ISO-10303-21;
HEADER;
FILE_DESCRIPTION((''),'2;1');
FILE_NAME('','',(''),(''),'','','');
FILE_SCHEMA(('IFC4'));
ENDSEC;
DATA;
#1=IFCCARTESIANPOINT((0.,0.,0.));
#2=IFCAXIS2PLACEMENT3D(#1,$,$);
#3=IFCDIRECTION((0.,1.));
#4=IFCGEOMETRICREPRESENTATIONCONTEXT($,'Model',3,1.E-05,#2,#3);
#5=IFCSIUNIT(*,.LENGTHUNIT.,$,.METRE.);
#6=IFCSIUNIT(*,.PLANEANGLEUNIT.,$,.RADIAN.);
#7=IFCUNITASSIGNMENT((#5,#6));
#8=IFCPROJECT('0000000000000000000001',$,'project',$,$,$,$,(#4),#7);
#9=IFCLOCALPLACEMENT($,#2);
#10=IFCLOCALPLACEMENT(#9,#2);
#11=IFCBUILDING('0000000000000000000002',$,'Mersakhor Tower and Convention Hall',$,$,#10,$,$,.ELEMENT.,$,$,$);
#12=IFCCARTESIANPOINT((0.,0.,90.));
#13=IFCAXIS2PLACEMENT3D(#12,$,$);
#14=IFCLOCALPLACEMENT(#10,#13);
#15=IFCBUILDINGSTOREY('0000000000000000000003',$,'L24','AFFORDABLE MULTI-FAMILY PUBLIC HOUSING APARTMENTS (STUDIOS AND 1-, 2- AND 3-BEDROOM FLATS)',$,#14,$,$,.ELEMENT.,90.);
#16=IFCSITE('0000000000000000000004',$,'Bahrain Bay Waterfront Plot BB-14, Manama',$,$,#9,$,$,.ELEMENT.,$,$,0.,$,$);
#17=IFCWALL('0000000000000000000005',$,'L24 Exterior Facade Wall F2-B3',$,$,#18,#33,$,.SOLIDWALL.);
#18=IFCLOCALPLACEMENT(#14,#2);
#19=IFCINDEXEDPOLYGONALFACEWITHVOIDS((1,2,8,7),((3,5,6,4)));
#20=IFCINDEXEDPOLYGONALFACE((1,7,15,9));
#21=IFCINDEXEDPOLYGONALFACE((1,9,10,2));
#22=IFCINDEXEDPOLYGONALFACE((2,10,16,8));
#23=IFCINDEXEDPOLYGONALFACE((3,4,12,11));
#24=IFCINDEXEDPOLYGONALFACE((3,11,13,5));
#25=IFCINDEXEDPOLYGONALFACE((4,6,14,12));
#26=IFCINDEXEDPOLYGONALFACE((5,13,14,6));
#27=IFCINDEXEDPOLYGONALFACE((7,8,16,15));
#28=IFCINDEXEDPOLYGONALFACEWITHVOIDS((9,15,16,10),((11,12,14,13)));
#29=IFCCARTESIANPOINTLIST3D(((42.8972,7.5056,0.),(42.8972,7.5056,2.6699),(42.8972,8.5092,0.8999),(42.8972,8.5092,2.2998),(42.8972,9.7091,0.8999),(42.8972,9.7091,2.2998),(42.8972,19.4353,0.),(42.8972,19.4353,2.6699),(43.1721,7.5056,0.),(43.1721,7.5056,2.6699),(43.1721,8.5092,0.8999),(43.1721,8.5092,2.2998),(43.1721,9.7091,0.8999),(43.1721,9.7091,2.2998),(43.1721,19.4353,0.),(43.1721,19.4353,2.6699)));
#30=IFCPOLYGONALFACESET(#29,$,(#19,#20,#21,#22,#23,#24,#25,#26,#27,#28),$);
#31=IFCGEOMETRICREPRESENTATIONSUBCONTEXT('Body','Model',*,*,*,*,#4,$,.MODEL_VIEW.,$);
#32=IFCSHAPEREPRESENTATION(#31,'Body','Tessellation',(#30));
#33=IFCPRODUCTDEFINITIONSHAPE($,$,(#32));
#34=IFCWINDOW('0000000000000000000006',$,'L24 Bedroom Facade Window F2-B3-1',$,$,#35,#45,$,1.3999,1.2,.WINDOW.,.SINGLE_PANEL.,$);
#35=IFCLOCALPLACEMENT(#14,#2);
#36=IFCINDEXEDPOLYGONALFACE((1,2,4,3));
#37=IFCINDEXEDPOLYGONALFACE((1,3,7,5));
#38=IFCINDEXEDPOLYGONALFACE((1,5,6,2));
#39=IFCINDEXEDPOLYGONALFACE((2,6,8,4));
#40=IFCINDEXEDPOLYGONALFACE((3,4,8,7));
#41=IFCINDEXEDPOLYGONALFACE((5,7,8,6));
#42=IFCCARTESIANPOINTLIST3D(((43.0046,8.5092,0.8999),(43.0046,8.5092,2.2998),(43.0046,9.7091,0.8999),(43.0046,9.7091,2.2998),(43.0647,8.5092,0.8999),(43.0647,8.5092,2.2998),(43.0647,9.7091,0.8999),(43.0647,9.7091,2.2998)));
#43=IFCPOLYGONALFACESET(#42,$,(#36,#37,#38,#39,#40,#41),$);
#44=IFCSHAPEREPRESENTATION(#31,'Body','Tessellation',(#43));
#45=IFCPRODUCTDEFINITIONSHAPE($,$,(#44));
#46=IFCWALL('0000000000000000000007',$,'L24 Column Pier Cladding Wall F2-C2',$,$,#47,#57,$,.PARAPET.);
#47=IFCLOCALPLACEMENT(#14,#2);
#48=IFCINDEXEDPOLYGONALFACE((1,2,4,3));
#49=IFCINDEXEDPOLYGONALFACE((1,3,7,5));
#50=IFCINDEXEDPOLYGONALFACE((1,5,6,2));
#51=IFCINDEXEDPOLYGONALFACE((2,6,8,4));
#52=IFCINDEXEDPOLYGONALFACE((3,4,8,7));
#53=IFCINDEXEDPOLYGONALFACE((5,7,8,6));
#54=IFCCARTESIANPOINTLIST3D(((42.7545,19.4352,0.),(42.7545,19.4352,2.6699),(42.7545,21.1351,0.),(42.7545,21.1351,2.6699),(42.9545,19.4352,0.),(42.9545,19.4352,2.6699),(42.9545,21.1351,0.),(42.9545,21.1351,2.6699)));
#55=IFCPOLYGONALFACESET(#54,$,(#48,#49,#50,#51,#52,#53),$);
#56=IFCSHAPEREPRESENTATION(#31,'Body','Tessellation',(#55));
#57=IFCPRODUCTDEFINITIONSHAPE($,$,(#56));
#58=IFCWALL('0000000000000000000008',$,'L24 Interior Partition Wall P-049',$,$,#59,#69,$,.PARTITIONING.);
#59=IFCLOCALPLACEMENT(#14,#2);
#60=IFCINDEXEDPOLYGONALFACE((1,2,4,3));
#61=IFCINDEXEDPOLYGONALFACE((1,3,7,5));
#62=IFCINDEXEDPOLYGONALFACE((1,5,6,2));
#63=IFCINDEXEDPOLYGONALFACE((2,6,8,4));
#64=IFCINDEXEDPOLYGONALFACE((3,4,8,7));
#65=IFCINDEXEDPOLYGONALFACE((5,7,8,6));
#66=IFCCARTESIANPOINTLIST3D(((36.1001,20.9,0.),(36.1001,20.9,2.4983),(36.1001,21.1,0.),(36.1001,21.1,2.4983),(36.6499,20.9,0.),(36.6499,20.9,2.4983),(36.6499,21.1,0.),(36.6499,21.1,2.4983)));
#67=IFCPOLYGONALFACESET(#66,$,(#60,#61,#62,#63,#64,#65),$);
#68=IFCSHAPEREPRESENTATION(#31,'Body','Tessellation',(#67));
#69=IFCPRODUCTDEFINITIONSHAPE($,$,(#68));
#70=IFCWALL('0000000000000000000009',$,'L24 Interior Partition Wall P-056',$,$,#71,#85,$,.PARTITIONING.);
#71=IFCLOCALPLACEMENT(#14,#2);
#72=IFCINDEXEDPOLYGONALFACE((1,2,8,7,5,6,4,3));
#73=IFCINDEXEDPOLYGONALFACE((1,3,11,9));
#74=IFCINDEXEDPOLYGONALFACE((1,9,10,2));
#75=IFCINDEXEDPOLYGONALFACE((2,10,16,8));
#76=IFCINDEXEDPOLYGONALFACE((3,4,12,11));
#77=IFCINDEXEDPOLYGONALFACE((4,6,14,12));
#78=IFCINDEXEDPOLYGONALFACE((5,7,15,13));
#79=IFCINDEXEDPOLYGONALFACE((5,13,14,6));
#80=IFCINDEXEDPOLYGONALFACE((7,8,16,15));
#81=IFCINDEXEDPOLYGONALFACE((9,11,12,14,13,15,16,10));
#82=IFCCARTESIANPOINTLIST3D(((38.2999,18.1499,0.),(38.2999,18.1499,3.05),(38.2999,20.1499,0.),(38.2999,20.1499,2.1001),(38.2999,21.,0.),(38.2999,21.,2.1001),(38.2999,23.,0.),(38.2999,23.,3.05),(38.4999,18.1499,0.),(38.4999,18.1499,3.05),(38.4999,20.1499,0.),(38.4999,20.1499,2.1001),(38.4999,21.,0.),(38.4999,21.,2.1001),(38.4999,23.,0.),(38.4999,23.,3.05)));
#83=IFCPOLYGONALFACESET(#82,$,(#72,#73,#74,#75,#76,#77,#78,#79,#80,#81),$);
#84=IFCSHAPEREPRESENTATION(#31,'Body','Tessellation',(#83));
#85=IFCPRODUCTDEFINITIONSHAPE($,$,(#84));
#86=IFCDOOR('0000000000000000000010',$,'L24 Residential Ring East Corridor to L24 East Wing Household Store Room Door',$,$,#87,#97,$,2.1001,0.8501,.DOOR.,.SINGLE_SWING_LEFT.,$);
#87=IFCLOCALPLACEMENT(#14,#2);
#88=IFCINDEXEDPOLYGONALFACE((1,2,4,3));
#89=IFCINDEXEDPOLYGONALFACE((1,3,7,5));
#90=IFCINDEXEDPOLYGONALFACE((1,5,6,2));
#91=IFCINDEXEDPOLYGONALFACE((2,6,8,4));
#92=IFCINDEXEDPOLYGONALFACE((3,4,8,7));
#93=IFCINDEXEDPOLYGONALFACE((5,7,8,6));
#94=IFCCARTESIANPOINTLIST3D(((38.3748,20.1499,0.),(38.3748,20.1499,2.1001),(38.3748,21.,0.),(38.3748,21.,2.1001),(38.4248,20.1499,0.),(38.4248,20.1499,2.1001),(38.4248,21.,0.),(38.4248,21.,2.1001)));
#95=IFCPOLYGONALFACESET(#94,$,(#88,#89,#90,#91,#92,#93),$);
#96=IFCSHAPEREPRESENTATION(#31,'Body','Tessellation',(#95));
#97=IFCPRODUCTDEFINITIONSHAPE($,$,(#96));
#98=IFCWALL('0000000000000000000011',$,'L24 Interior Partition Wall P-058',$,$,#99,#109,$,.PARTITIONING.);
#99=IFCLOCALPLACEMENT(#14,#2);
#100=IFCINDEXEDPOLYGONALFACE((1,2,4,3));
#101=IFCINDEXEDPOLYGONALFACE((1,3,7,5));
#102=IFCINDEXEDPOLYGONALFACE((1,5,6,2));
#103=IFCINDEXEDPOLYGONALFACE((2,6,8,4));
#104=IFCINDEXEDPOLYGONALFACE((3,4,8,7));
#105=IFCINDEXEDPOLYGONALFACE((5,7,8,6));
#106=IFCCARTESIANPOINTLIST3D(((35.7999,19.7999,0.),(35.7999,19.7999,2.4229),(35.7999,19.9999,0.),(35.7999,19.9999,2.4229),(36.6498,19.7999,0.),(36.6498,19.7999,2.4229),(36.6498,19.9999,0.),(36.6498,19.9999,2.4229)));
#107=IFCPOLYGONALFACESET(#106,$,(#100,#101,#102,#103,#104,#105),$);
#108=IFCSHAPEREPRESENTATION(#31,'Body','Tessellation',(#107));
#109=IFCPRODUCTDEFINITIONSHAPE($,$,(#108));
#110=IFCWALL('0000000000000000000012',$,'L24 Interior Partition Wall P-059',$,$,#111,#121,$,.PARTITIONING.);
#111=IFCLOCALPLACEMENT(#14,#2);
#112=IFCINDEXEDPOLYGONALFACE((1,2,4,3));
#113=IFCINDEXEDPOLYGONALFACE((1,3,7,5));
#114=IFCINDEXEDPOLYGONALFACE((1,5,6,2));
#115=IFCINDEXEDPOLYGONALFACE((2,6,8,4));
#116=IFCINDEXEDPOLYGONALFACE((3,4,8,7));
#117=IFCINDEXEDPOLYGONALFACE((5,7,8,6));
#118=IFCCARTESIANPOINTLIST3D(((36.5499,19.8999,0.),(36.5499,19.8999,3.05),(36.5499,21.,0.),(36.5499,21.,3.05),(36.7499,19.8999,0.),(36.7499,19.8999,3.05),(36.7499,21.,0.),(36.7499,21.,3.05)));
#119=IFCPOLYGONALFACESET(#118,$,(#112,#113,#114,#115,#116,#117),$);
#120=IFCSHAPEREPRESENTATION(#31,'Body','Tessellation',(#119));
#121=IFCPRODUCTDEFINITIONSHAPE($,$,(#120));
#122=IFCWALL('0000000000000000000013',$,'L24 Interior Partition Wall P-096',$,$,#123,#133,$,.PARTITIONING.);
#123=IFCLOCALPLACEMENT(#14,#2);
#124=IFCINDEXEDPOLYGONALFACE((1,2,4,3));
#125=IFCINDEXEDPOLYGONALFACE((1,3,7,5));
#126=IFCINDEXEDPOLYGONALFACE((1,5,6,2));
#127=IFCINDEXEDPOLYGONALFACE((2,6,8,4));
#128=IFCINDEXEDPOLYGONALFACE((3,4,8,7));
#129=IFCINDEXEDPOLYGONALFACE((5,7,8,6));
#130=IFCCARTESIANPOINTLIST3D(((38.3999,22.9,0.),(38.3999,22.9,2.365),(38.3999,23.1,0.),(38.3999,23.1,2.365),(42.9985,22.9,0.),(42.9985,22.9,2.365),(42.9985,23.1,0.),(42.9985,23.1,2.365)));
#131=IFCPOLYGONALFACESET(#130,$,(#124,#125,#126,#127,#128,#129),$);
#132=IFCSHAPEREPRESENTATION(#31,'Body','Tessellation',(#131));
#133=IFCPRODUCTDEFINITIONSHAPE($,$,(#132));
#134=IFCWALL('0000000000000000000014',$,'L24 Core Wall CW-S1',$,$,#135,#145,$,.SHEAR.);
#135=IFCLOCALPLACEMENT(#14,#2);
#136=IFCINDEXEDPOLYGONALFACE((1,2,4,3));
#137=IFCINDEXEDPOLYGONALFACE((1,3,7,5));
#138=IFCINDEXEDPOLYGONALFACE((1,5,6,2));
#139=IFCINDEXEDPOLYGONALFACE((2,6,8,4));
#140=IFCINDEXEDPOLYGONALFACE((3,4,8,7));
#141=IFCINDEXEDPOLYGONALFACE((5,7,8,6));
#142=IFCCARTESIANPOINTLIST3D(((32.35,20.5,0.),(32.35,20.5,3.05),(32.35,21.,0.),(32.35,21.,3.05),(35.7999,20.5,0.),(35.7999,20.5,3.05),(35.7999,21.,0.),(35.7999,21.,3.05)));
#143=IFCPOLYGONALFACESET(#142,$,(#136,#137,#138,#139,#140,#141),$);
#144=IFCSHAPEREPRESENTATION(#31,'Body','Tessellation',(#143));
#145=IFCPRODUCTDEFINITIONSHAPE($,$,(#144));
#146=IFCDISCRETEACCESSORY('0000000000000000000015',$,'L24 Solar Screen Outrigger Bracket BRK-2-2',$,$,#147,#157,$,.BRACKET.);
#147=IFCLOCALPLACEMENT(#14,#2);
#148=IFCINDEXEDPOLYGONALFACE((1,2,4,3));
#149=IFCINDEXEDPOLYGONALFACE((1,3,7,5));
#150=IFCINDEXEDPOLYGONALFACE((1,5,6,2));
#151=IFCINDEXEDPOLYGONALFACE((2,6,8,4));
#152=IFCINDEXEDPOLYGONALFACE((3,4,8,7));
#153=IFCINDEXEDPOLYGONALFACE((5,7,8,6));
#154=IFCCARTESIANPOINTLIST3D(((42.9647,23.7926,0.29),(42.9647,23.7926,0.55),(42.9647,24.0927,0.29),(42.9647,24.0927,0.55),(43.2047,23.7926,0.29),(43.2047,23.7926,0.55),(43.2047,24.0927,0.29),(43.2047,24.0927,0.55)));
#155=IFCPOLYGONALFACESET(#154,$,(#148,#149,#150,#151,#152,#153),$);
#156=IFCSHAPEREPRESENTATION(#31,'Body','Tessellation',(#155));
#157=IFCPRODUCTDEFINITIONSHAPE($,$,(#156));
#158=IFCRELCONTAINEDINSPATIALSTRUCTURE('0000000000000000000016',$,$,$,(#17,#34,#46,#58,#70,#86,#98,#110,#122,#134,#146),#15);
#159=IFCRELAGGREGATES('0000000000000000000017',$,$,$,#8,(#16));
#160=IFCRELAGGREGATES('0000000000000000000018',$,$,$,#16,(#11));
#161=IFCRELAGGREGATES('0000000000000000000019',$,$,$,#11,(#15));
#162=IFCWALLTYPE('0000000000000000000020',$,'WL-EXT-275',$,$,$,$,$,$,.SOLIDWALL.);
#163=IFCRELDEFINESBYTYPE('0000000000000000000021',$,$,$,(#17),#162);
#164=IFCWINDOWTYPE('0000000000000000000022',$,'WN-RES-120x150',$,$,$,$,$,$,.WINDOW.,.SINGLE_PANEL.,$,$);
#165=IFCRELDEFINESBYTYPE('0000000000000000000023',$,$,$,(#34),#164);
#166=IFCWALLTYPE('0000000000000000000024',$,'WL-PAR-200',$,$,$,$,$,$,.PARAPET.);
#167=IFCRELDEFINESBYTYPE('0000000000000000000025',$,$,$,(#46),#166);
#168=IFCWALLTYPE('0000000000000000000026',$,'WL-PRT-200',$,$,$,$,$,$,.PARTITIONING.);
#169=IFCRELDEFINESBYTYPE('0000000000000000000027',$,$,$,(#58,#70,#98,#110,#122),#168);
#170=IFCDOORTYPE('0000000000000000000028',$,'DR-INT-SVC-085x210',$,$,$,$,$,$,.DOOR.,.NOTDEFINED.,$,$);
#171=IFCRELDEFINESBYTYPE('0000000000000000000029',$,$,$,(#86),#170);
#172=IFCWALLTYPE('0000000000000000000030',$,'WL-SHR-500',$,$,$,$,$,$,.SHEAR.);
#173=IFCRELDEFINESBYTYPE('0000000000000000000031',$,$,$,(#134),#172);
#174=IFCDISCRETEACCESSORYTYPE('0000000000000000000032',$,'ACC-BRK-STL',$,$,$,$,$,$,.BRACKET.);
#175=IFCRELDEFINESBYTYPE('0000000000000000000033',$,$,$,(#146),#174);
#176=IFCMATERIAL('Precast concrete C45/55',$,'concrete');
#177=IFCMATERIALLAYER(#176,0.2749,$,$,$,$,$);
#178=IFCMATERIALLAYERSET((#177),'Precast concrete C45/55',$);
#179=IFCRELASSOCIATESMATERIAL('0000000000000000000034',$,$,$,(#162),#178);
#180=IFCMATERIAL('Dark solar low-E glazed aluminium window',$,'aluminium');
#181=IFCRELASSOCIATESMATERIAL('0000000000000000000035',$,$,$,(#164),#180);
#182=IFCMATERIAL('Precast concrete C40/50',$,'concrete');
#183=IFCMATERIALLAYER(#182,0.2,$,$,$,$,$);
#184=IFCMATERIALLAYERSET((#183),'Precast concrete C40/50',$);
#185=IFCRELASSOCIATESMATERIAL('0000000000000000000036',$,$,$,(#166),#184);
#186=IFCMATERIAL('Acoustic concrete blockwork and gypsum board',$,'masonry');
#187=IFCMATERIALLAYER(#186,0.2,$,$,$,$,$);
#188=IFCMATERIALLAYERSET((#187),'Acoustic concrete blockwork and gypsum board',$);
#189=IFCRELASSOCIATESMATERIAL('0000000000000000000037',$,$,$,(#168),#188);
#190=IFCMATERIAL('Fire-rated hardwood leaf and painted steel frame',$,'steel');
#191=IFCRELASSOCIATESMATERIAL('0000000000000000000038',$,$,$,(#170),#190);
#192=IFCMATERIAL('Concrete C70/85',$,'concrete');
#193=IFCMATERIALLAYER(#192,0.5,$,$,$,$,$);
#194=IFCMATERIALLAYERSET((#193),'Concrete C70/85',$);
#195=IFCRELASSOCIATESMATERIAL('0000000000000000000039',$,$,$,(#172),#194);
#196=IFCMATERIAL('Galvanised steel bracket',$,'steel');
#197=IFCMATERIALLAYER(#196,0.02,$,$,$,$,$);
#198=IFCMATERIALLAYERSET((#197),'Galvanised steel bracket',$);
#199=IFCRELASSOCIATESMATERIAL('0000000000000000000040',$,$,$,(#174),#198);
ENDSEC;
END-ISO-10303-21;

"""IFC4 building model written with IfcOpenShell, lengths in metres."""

from ifc_helpers import new_model, si_unit, direction, frame, frame_2d, origin, origin_2d, place, context, subcontext, project, spatial, rectangle, extrude, material, layer, layer_set, type_object, element, fill, save


model = new_model("IFC4")

# Units and contexts
model_context = context("Model", 3, precision=1e-05, world=origin(), true_north=direction((0.0, 1.0)))
body_context = subcontext(model_context, "Body", "Model", "MODEL_VIEW")
ifc_project = project(units=[si_unit("LENGTHUNIT", "METRE"), si_unit("PLANEANGLEUNIT", "RADIAN")], contexts=[model_context])

# Site, building, storey
site_placement = place(None, origin())
site = spatial("IfcSite", under=ifc_project, at=site_placement, Name="Bahrain Bay Waterfront Plot BB-14, Manama", CompositionType="ELEMENT", RefElevation=0.0)
building_placement = place(site_placement, origin())
building = spatial("IfcBuilding", under=site, at=building_placement, Name="Mersakhor Tower and Convention Hall", CompositionType="ELEMENT")
storey_placement = place(building_placement, frame((0.0, 0.0, 90.0)))
storey = spatial("IfcBuildingStorey", under=building, at=storey_placement, Name="L24", Description="AFFORDABLE MULTI-FAMILY PUBLIC HOUSING APARTMENTS (STUDIOS AND 1-, 2- AND 3-BEDROOM FLATS)", CompositionType="ELEMENT", Elevation=90.0)

# Wall, opening, window
ifc_material_1 = material(Name="Precast concrete C45/55", Category="concrete")
ifc_layer_1 = layer(ifc_material_1, 0.2749)
ifc_layer_set_1 = layer_set([ifc_layer_1], Name="Precast concrete C45/55")
wall_type_1 = type_object("IfcWallType", Name="WL-EXT-275", PredefinedType="SOLIDWALL", material=ifc_layer_set_1)
wall_1_placement = place(storey_placement, frame((43.0347, 19.4353, 0.0), z_axis=(0.0, 0.0, 1.0), x_axis=(0.0, -1.0, 0.0)))
wall_1 = element("IfcWall", 1, at=wall_1_placement, inside=storey, type_object=wall_type_1, Name="L24 Exterior Facade Wall F2-B3", PredefinedType="SOLIDWALL", context=body_context, shape_type="SweptSolid", body=[
    extrude(rectangle(XDim=11.9297, YDim=0.2749, at=frame_2d((5.9648, 0.0))), origin(), (0.0, 0.0, 1.0), 2.6699),
])
opening_1_placement = place(wall_1_placement, frame((9.7261, 0.0, 0.8999)))
opening_1 = element("IfcOpeningElement", 2, at=opening_1_placement, cuts=wall_1, PredefinedType="OPENING", context=body_context, shape_type="SweptSolid", body=[
    extrude(rectangle(XDim=1.2, YDim=1.3999, at=frame_2d((0.6001, 0.7))), frame((0.0, 0.1475, 0.0), z_axis=(0.0, -1.0, 0.0), x_axis=(1.0, 0.0, 0.0)), (0.0, 0.0, 1.0), 0.2949),
])
ifc_material_2 = material(Name="Dark solar low-E glazed aluminium window", Category="aluminium")
window_type = type_object("IfcWindowType", Name="WN-RES-120x150", PartitioningType="SINGLE_PANEL", PredefinedType="WINDOW", material=ifc_material_2)
window_placement = place(opening_1_placement, origin())
window = element("IfcWindow", 3, at=window_placement, inside=storey, type_object=window_type, Name="L24 Bedroom Facade Window F2-B3-1", OverallHeight=1.3999, OverallWidth=1.2, PartitioningType="SINGLE_PANEL", PredefinedType="WINDOW", context=body_context, shape_type="SweptSolid", body=[
    extrude(rectangle(XDim=1.2, YDim=1.3999, at=frame_2d((0.6001, 0.7))), frame((0.0, 0.03, 0.0), z_axis=(0.0, -1.0, 0.0), x_axis=(1.0, 0.0, 0.0)), (0.0, 0.0, 1.0), 0.0601),
])
fill(opening_1, window)

# Wall
ifc_material_3 = material(Name="Precast concrete C40/50", Category="concrete")
ifc_layer_2 = layer(ifc_material_3, 0.2)
ifc_layer_set_2 = layer_set([ifc_layer_2], Name="Precast concrete C40/50")
wall_type_2 = type_object("IfcWallType", Name="WL-PAR-200", PredefinedType="PARAPET", material=ifc_layer_set_2)
wall_2_placement = place(storey_placement, frame((42.8545, 21.1353, 0.0), z_axis=(0.0, 0.0, 1.0), x_axis=(0.0, -1.0, 0.0)))
element("IfcWall", 4, at=wall_2_placement, inside=storey, type_object=wall_type_2, Name="L24 Column Pier Cladding Wall F2-C2", PredefinedType="PARAPET", context=body_context, shape_type="SweptSolid", body=[
    extrude(rectangle(XDim=1.7, YDim=0.2, at=frame_2d((0.8501, 0.0))), origin(), (0.0, 0.0, 1.0), 2.6699),
])

# Shared definitions
ifc_material_4 = material(Name="Acoustic concrete blockwork and gypsum board", Category="masonry")
ifc_layer_3 = layer(ifc_material_4, 0.2)
ifc_layer_set_3 = layer_set([ifc_layer_3], Name="Acoustic concrete blockwork and gypsum board")
wall_type_3 = type_object("IfcWallType", Name="WL-PRT-200", PredefinedType="PARTITIONING", material=ifc_layer_set_3)

# Wall
wall_3_placement = place(storey_placement, frame((36.6499, 21.0, 0.0), z_axis=(0.0, 0.0, 1.0), x_axis=(-1.0, 0.0, 0.0)))
element("IfcWall", 5, at=wall_3_placement, inside=storey, type_object=wall_type_3, Name="L24 Interior Partition Wall P-049", PredefinedType="PARTITIONING", context=body_context, shape_type="SweptSolid", body=[
    extrude(rectangle(XDim=0.5498, YDim=0.2, at=frame_2d((0.2749, 0.0))), origin(), (0.0, 0.0, 1.0), 2.4983),
])

# Wall, opening, door
wall_4_placement = place(storey_placement, frame((38.3999, 23.0, 0.0), z_axis=(0.0, 0.0, 1.0), x_axis=(0.0, -1.0, 0.0)))
wall_4 = element("IfcWall", 6, at=wall_4_placement, inside=storey, type_object=wall_type_3, Name="L24 Interior Partition Wall P-056", PredefinedType="PARTITIONING", context=body_context, shape_type="SweptSolid", body=[
    extrude(rectangle(XDim=4.8501, YDim=0.2, at=frame_2d((2.425, 0.0))), origin(), (0.0, 0.0, 1.0), 3.05),
])
opening_2_placement = place(wall_4_placement, frame((2.0, 0.0, 0.0)))
opening_2 = element("IfcOpeningElement", 7, at=opening_2_placement, cuts=wall_4, PredefinedType="OPENING", context=body_context, shape_type="SweptSolid", body=[
    extrude(rectangle(XDim=0.8501, YDim=2.1001, at=frame_2d((0.425, 1.05))), frame((0.0, 0.1099, 0.0), z_axis=(0.0, -1.0, 0.0), x_axis=(1.0, 0.0, 0.0)), (0.0, 0.0, 1.0), 0.22),
])
ifc_material_5 = material(Name="Fire-rated hardwood leaf and painted steel frame", Category="steel")
door_type_1 = type_object("IfcDoorType", Name="DR-INT-SVC-085x210", OperationType="NOTDEFINED", PredefinedType="DOOR", material=ifc_material_5)
door_1_placement = place(opening_2_placement, origin())
door_1 = element("IfcDoor", 8, at=door_1_placement, inside=storey, type_object=door_type_1, Name="L24 Residential Ring East Corridor to L24 East Wing Household Store Room Door", OperationType="SINGLE_SWING_LEFT", OverallHeight=2.1001, OverallWidth=0.8501, PredefinedType="DOOR", context=body_context, shape_type="SweptSolid", body=[
    extrude(rectangle(XDim=0.8501, YDim=2.1001, at=frame_2d((0.425, 1.05))), frame((0.0, 0.0249, 0.0), z_axis=(0.0, -1.0, 0.0), x_axis=(1.0, 0.0, 0.0)), (0.0, 0.0, 1.0), 0.05),
])
fill(opening_2, door_1)

# Walls
wall_5_placement = place(storey_placement, frame((35.8, 19.8999, 0.0), z_axis=(0.0, 0.0, 1.0), x_axis=(1.0, 0.0, 0.0)))
element("IfcWall", 9, at=wall_5_placement, inside=storey, type_object=wall_type_3, Name="L24 Interior Partition Wall P-058", PredefinedType="PARTITIONING", context=body_context, shape_type="SweptSolid", body=[
    extrude(rectangle(XDim=0.8499, YDim=0.2, at=frame_2d((0.4248, 0.0))), origin(), (0.0, 0.0, 1.0), 2.4229),
])
wall_6_placement = place(storey_placement, frame((36.6499, 19.8999, 0.0), z_axis=(0.0, 0.0, 1.0), x_axis=(0.0, 1.0, 0.0)))
element("IfcWall", 10, at=wall_6_placement, inside=storey, type_object=wall_type_3, Name="L24 Interior Partition Wall P-059", PredefinedType="PARTITIONING", context=body_context, shape_type="SweptSolid", body=[
    extrude(rectangle(XDim=1.1001, YDim=0.2, at=frame_2d((0.55, 0.0))), origin(), (0.0, 0.0, 1.0), 3.05),
])
wall_7_placement = place(storey_placement, frame((42.9985, 23.0, 0.0), z_axis=(0.0, 0.0, 1.0), x_axis=(-1.0, 0.0, 0.0)))
element("IfcWall", 11, at=wall_7_placement, inside=storey, type_object=wall_type_3, Name="L24 Interior Partition Wall P-096", PredefinedType="PARTITIONING", context=body_context, shape_type="SweptSolid", body=[
    extrude(rectangle(XDim=4.5986, YDim=0.2, at=frame_2d((2.2993, 0.0))), origin(), (0.0, 0.0, 1.0), 2.365),
])
ifc_material_6 = material(Name="Concrete C70/85", Category="concrete")
ifc_layer_4 = layer(ifc_material_6, 0.5)
ifc_layer_set_4 = layer_set([ifc_layer_4], Name="Concrete C70/85")
wall_type_4 = type_object("IfcWallType", Name="WL-SHR-500", PredefinedType="SHEAR", material=ifc_layer_set_4)
wall_8_placement = place(storey_placement, frame((35.8, 20.75, 0.0), z_axis=(0.0, 0.0, 1.0), x_axis=(-1.0, 0.0, 0.0)))
element("IfcWall", 12, at=wall_8_placement, inside=storey, type_object=wall_type_4, Name="L24 Core Wall CW-S1", PredefinedType="SHEAR", context=body_context, shape_type="SweptSolid", body=[
    extrude(rectangle(XDim=3.45, YDim=0.5, at=frame_2d((1.7251, 0.0))), origin(), (0.0, 0.0, 1.0), 3.05),
])

# Discrete accessory
ifc_material_7 = material(Name="Galvanised steel bracket", Category="steel")
ifc_layer_5 = layer(ifc_material_7, 0.02)
ifc_layer_set_5 = layer_set([ifc_layer_5], Name="Galvanised steel bracket")
discrete_accessory_type = type_object("IfcDiscreteAccessoryType", Name="ACC-BRK-STL", PredefinedType="BRACKET", material=ifc_layer_set_5)
discrete_accessory_placement = place(storey_placement, frame((43.0847, 23.9426, 0.29), z_axis=(0.0, 0.0, 1.0), x_axis=(0.0, -1.0, 0.0)))
element("IfcDiscreteAccessory", 13, at=discrete_accessory_placement, inside=storey, type_object=discrete_accessory_type, Name="L24 Solar Screen Outrigger Bracket BRK-2-2", PredefinedType="BRACKET", context=body_context, shape_type="SweptSolid", body=[
    extrude(rectangle(XDim=0.3, YDim=0.24, at=origin_2d()), origin(), (0.0, 0.0, 1.0), 0.26),
])

save(model, "model.ifc")
